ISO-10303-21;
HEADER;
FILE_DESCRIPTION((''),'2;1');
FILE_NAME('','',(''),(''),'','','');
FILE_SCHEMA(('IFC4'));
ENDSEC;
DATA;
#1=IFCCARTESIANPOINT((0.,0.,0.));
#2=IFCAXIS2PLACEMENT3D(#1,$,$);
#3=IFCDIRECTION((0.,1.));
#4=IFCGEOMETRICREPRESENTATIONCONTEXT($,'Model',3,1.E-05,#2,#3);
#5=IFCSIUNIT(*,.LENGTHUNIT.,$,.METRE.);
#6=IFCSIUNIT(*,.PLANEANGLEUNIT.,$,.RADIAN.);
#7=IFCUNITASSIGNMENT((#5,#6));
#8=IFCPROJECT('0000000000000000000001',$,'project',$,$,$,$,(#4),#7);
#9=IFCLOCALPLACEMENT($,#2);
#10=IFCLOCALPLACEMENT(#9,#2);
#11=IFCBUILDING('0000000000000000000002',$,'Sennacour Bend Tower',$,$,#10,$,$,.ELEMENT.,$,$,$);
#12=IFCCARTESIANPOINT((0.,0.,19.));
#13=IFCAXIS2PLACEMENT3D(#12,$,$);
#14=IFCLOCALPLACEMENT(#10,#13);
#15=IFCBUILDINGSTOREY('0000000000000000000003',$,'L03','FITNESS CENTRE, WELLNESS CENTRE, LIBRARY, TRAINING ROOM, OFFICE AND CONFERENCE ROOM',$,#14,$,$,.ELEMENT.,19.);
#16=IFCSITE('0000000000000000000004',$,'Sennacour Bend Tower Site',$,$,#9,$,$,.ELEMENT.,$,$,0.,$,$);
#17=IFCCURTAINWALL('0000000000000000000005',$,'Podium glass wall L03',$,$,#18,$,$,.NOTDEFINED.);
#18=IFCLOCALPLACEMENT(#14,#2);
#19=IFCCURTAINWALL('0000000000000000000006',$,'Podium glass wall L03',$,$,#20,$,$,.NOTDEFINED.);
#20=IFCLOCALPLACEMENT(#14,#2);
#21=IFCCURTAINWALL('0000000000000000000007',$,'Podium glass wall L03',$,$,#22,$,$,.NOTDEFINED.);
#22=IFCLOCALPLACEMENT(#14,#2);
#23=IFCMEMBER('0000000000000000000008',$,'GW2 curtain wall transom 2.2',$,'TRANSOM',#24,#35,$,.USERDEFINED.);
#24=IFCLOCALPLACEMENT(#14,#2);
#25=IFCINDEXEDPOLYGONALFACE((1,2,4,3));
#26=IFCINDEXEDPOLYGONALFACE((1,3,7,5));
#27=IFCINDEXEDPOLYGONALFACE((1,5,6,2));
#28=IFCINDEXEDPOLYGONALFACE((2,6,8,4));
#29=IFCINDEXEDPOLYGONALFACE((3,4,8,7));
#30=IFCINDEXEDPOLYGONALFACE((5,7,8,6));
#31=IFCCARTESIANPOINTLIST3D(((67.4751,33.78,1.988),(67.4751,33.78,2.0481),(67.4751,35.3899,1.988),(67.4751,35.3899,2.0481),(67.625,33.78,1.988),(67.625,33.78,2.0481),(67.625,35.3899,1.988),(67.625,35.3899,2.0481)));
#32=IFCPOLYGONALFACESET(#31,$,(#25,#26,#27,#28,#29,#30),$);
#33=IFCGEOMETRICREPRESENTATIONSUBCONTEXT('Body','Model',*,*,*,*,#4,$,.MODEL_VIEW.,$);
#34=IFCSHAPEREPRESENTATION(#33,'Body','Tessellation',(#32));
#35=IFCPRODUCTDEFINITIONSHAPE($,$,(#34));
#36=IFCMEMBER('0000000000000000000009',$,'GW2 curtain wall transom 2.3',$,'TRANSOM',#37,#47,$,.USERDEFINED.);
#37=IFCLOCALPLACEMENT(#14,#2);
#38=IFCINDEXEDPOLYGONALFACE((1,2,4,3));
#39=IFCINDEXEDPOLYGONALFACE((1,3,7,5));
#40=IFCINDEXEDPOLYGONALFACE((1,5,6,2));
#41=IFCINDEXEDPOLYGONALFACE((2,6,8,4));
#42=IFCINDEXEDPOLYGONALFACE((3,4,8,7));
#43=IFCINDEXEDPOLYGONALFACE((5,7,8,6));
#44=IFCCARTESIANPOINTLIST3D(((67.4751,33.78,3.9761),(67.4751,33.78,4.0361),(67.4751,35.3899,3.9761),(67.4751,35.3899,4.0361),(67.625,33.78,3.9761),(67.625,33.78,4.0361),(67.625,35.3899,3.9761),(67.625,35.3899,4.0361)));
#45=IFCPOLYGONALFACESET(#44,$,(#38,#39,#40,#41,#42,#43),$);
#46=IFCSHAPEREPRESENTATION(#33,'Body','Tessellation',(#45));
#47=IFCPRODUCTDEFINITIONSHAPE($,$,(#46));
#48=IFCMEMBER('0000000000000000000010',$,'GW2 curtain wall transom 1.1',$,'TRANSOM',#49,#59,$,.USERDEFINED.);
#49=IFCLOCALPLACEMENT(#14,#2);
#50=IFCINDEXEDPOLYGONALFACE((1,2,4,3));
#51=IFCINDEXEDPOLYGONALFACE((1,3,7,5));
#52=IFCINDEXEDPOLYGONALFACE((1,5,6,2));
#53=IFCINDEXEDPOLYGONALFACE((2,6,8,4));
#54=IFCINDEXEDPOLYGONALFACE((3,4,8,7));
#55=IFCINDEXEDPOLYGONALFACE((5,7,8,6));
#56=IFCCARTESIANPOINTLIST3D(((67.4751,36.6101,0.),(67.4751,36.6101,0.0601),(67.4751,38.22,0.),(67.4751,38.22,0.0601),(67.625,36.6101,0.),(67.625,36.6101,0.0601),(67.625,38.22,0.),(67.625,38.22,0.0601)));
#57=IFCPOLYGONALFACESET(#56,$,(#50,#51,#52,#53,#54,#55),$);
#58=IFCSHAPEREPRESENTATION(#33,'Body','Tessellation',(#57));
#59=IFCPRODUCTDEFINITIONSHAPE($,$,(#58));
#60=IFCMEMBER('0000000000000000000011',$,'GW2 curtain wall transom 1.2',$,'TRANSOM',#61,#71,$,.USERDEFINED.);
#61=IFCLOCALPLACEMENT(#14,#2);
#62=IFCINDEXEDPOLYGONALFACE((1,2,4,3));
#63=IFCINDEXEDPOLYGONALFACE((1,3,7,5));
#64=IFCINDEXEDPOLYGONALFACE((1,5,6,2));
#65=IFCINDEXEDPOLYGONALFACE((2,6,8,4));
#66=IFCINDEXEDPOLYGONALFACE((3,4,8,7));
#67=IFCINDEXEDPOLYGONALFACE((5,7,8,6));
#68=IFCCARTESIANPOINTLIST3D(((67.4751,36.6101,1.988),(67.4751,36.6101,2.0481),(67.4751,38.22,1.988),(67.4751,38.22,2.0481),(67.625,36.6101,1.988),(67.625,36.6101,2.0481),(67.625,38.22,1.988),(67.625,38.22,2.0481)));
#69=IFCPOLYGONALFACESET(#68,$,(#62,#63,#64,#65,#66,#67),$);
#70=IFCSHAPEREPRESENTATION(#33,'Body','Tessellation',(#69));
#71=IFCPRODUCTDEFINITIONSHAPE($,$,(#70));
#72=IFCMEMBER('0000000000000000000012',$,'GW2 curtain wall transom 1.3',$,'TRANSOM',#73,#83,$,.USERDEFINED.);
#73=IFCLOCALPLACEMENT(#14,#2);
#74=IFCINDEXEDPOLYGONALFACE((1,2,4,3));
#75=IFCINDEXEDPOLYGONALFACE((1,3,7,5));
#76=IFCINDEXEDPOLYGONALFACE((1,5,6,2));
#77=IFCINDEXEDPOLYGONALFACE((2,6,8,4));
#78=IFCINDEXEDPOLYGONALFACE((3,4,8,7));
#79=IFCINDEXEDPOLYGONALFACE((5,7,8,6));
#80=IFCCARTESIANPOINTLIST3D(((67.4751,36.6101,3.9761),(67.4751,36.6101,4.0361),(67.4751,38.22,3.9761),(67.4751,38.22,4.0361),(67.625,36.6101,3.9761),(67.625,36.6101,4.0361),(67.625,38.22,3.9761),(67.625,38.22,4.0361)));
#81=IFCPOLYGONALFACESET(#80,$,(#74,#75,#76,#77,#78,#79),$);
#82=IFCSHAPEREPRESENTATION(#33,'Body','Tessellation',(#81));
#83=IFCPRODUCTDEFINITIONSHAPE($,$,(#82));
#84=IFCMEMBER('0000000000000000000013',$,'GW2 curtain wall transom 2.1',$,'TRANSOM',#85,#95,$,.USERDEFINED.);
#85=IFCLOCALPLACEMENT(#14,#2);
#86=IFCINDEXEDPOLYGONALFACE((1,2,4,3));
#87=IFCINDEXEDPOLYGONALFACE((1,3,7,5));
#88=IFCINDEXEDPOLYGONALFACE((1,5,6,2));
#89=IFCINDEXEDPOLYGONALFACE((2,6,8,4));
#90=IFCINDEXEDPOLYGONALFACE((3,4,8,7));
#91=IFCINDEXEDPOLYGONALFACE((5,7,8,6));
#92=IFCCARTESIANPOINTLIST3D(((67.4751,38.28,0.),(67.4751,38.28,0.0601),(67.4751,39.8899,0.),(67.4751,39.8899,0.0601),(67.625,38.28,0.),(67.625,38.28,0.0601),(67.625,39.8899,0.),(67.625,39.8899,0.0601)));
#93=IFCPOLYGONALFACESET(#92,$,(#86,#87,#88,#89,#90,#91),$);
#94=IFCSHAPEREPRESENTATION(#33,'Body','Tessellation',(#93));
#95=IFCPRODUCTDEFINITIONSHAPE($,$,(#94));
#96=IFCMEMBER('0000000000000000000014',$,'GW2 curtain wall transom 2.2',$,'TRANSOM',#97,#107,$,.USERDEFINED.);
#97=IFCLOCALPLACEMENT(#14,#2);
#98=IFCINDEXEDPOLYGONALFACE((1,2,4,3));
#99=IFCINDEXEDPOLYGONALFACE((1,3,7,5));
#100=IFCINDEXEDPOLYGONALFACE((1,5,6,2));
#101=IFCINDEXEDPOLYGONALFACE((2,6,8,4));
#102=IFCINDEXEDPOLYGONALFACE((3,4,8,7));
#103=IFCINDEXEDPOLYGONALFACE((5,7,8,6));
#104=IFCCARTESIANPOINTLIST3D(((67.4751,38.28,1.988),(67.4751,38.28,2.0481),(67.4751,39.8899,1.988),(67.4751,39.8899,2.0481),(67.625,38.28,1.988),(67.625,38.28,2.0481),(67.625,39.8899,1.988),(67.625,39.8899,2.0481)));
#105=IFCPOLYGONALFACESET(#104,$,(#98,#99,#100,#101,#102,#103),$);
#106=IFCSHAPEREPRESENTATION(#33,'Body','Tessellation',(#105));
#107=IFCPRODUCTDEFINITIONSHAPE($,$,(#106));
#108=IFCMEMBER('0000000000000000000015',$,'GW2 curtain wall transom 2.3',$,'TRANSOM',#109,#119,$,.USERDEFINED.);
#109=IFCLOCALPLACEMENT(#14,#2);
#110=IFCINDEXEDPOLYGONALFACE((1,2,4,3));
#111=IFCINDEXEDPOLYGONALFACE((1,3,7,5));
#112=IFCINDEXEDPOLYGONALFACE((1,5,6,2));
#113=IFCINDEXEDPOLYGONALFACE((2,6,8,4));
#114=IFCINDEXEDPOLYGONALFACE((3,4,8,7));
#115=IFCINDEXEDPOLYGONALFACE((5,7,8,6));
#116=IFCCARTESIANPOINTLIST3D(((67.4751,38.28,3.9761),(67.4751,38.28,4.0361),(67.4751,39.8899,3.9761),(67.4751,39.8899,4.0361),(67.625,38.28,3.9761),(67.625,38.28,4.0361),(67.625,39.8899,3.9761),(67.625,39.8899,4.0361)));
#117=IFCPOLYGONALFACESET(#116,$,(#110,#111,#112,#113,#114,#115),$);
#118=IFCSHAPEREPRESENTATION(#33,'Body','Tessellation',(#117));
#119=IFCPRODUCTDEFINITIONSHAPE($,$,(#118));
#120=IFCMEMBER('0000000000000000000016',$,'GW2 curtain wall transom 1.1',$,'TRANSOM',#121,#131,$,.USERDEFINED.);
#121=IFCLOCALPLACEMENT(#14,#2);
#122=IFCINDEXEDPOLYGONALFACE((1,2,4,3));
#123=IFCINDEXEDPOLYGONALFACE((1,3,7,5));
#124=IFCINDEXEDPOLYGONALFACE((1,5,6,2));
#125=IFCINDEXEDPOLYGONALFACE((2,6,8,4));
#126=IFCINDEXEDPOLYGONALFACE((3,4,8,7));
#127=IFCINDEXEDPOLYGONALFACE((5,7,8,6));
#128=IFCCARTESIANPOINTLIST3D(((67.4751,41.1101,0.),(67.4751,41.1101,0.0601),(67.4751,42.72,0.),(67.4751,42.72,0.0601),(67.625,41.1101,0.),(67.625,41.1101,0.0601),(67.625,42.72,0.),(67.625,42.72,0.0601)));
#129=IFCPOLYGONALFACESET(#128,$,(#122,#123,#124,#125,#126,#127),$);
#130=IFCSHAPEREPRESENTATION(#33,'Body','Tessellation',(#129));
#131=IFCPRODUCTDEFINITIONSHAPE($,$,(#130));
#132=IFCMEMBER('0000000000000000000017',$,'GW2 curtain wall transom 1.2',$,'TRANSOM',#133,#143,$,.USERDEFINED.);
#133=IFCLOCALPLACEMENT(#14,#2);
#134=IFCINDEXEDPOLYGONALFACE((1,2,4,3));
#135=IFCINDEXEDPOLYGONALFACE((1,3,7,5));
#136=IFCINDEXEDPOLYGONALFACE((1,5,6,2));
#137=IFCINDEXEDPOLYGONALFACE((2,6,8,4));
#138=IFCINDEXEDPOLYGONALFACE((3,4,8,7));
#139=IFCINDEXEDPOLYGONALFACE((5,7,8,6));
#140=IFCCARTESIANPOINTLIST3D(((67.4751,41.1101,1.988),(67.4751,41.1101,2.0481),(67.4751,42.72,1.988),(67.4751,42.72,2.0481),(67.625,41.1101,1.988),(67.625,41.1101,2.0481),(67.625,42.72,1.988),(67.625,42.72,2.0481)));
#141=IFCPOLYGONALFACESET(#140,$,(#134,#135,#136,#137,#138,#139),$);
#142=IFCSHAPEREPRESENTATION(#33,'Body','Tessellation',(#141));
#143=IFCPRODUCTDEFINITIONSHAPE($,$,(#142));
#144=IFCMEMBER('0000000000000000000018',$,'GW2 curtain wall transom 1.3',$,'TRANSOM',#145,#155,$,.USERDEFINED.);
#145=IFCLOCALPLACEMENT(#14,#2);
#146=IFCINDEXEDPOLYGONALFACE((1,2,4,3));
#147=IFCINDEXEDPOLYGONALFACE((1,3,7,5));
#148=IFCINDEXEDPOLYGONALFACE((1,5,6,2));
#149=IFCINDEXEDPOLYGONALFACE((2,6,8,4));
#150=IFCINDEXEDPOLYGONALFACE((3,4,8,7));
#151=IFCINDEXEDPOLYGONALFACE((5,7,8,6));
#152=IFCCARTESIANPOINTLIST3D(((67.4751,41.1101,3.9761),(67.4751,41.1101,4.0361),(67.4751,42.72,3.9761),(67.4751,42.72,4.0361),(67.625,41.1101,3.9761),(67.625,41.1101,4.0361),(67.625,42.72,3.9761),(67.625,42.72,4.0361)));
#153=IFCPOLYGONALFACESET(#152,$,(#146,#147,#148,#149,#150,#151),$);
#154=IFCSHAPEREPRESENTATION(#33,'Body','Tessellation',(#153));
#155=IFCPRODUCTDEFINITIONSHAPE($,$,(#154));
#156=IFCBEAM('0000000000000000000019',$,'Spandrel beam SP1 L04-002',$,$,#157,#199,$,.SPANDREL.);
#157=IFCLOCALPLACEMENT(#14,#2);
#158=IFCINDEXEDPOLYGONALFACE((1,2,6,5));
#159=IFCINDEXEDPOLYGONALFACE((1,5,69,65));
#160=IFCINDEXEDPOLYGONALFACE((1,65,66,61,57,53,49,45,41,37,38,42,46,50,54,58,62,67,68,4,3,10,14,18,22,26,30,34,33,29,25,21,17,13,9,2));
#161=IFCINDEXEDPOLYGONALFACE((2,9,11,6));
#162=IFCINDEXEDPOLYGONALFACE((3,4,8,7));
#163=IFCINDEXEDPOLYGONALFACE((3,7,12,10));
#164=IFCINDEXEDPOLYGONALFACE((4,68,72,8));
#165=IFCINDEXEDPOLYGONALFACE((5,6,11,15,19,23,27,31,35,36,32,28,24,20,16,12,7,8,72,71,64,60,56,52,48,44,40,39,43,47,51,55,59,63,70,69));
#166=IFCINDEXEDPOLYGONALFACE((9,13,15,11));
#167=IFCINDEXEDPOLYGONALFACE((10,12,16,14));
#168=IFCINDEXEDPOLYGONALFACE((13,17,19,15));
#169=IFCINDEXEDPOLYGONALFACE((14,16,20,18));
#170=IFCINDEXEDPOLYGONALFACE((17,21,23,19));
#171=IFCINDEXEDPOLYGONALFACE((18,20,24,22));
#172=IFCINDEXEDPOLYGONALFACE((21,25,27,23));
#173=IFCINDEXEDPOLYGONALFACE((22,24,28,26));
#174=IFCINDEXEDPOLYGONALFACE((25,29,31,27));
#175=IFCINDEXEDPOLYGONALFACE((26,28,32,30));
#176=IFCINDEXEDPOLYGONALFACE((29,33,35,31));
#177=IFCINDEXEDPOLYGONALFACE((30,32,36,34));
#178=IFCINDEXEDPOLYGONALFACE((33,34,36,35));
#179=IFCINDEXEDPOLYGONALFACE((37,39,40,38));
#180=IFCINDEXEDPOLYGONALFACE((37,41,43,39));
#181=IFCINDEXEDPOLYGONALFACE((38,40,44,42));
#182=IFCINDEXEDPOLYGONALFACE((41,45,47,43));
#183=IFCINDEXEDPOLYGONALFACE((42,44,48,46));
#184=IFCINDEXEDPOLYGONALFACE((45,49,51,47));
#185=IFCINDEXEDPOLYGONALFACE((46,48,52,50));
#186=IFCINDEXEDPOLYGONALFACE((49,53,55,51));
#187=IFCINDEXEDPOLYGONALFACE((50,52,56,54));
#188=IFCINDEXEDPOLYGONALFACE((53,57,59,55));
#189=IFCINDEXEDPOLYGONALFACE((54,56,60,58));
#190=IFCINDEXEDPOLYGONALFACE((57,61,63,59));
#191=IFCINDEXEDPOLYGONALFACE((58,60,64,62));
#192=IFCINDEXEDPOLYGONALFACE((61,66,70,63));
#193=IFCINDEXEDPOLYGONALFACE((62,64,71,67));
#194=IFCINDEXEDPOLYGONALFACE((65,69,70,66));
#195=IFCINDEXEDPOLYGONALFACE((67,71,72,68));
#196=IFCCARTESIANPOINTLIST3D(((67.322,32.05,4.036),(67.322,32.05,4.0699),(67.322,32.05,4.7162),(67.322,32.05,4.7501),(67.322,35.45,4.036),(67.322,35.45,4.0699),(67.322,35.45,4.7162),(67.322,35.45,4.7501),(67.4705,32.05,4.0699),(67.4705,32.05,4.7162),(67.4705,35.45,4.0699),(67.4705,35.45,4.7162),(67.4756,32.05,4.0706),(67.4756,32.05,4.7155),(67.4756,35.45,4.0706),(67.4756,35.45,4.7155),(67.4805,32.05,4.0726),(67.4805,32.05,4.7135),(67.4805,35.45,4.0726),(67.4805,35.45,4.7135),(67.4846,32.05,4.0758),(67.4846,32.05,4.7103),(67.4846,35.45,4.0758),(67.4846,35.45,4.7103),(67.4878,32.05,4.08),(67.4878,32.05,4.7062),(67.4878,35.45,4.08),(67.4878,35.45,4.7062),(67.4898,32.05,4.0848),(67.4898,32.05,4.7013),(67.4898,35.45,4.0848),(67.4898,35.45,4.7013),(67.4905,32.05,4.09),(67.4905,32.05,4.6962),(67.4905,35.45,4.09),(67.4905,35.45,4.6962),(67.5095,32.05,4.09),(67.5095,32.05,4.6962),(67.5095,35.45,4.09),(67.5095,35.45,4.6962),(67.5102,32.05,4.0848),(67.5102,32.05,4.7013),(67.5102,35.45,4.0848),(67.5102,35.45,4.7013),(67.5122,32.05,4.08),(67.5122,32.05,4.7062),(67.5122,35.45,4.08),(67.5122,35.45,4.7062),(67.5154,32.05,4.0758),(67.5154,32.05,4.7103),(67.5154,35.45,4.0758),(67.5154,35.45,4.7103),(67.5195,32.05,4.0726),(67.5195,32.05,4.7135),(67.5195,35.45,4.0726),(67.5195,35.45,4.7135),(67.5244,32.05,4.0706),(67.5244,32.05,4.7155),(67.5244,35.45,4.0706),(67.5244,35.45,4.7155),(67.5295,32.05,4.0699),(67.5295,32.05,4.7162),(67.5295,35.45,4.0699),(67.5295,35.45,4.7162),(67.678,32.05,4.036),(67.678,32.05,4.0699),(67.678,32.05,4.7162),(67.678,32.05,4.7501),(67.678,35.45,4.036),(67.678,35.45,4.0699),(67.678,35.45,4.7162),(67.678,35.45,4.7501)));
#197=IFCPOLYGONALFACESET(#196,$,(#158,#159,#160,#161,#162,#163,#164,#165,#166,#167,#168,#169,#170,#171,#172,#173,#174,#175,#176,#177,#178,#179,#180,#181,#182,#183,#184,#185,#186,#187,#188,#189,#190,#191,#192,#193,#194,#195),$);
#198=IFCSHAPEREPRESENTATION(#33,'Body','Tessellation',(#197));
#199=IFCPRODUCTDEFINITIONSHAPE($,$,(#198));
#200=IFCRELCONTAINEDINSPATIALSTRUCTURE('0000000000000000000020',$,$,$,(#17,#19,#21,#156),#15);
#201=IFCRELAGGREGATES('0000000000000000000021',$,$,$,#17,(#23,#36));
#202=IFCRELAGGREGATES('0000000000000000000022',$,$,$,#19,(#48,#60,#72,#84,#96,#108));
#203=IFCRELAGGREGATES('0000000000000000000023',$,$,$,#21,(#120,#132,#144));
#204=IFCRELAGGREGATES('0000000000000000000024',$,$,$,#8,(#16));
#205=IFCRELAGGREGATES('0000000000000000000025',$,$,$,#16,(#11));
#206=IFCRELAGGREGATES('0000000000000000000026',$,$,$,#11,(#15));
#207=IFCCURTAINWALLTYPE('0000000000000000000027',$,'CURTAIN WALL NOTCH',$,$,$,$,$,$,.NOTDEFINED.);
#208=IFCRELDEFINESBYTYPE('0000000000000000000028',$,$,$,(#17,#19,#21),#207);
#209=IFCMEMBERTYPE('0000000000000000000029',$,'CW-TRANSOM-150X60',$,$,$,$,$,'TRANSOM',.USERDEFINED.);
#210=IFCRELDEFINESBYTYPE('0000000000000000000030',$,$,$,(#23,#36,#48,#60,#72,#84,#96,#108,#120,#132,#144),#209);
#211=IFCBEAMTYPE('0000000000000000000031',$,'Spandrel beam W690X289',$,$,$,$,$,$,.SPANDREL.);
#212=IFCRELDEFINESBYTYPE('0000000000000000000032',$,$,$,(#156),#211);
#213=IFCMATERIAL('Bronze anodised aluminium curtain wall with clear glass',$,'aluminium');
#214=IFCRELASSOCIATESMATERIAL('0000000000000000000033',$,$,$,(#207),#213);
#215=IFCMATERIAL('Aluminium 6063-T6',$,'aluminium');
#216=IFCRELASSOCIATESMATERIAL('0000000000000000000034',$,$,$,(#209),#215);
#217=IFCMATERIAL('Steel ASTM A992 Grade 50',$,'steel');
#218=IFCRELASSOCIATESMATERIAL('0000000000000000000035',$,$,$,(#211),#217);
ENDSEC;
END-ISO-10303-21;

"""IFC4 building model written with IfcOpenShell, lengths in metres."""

from ifc_helpers import new_model, si_unit, direction, frame, origin, origin_2d, place, context, subcontext, project, spatial, rectangle, i_section, extrude, material, material_profile, profile_set, type_object, element, aggregate, save


model = new_model("IFC4")

# Units and contexts
model_context = context("Model", 3, precision=1e-05, world=origin(), true_north=direction((0.0, 1.0)))
body_context = subcontext(model_context, "Body", "Model", "MODEL_VIEW")
ifc_project = project(units=[si_unit("LENGTHUNIT", "METRE"), si_unit("PLANEANGLEUNIT", "RADIAN")], contexts=[model_context])

# Site, building, storey
site_placement = place(None, origin())
site = spatial("IfcSite", under=ifc_project, at=site_placement, Name="Sennacour Bend Tower Site", CompositionType="ELEMENT", RefElevation=0.0)
building_placement = place(site_placement, origin())
building = spatial("IfcBuilding", under=site, at=building_placement, Name="Sennacour Bend Tower", CompositionType="ELEMENT")
storey_placement = place(building_placement, frame((0.0, 0.0, 19.0)))
storey = spatial("IfcBuildingStorey", under=building, at=storey_placement, Name="L03", Description="FITNESS CENTRE, WELLNESS CENTRE, LIBRARY, TRAINING ROOM, OFFICE AND CONFERENCE ROOM", CompositionType="ELEMENT", Elevation=19.0)

# Curtain walls
ifc_material_1 = material(Name="Bronze anodised aluminium curtain wall with clear glass", Category="aluminium")
curtain_wall_type = type_object("IfcCurtainWallType", Name="CURTAIN WALL NOTCH", PredefinedType="NOTDEFINED", material=ifc_material_1)
curtain_wall_1_placement = place(storey_placement, origin())
curtain_wall_1 = element("IfcCurtainWall", 1, at=curtain_wall_1_placement, inside=storey, type_object=curtain_wall_type, Name="Podium glass wall L03", PredefinedType="NOTDEFINED")
ifc_material_2 = material(Name="Aluminium 6063-T6", Category="aluminium")
curtain_wall_2_placement = place(storey_placement, origin())
curtain_wall_2 = element("IfcCurtainWall", 2, at=curtain_wall_2_placement, inside=storey, type_object=curtain_wall_type, Name="Podium glass wall L03", PredefinedType="NOTDEFINED")

# Curtain wall
curtain_wall_3_placement = place(storey_placement, origin())
curtain_wall_3 = element("IfcCurtainWall", 3, at=curtain_wall_3_placement, inside=storey, type_object=curtain_wall_type, Name="Podium glass wall L03", PredefinedType="NOTDEFINED")

# Members
ifc_material_profile_1 = material_profile(ifc_material_2, rectangle(XDim=0.1499, YDim=0.0601, at=origin_2d()), Name="Aluminium 6063-T6", Category="aluminium")
ifc_profile_set_1 = profile_set([ifc_material_profile_1], Name="Aluminium 6063-T6")
member_type_1 = type_object("IfcMemberType", Name="CW-TRANSOM-150X60", ElementType="TRANSOM", PredefinedType="USERDEFINED", material=ifc_profile_set_1)
member_1_placement = place(storey_placement, frame((67.55, 33.78, 2.0181), z_axis=(0.0, 1.0, 0.0), x_axis=(-1.0, 0.0, 0.0)))
member_1 = element("IfcMember", 4, at=member_1_placement, type_object=member_type_1, Name="GW2 curtain wall transom 2.2", ObjectType="TRANSOM", PredefinedType="USERDEFINED", context=body_context, shape_type="SweptSolid", body=[
    extrude(rectangle(XDim=0.1499, YDim=0.0601, at=origin_2d()), origin(), (0.0, 0.0, 1.0), 1.6099),
])
member_2_placement = place(storey_placement, frame((67.55, 33.78, 4.0061), z_axis=(0.0, 1.0, 0.0), x_axis=(-1.0, 0.0, 0.0)))
member_2 = element("IfcMember", 5, at=member_2_placement, type_object=member_type_1, Name="GW2 curtain wall transom 2.3", ObjectType="TRANSOM", PredefinedType="USERDEFINED", context=body_context, shape_type="SweptSolid", body=[
    extrude(rectangle(XDim=0.1499, YDim=0.0601, at=origin_2d()), origin(), (0.0, 0.0, 1.0), 1.6099),
])
member_3_placement = place(storey_placement, frame((67.55, 36.6101, 0.03), z_axis=(0.0, 1.0, 0.0), x_axis=(-1.0, 0.0, 0.0)))
member_3 = element("IfcMember", 6, at=member_3_placement, type_object=member_type_1, Name="GW2 curtain wall transom 1.1", ObjectType="TRANSOM", PredefinedType="USERDEFINED", context=body_context, shape_type="SweptSolid", body=[
    extrude(rectangle(XDim=0.1499, YDim=0.0601, at=origin_2d()), origin(), (0.0, 0.0, 1.0), 1.6099),
])
member_4_placement = place(storey_placement, frame((67.55, 36.6101, 2.0181), z_axis=(0.0, 1.0, 0.0), x_axis=(-1.0, 0.0, 0.0)))
member_4 = element("IfcMember", 7, at=member_4_placement, type_object=member_type_1, Name="GW2 curtain wall transom 1.2", ObjectType="TRANSOM", PredefinedType="USERDEFINED", context=body_context, shape_type="SweptSolid", body=[
    extrude(rectangle(XDim=0.1499, YDim=0.0601, at=origin_2d()), origin(), (0.0, 0.0, 1.0), 1.6099),
])
member_5_placement = place(storey_placement, frame((67.55, 36.6101, 4.0061), z_axis=(0.0, 1.0, 0.0), x_axis=(-1.0, 0.0, 0.0)))
member_5 = element("IfcMember", 8, at=member_5_placement, type_object=member_type_1, Name="GW2 curtain wall transom 1.3", ObjectType="TRANSOM", PredefinedType="USERDEFINED", context=body_context, shape_type="SweptSolid", body=[
    extrude(rectangle(XDim=0.1499, YDim=0.0601, at=origin_2d()), origin(), (0.0, 0.0, 1.0), 1.6099),
])
member_6_placement = place(storey_placement, frame((67.55, 38.28, 0.03), z_axis=(0.0, 1.0, 0.0), x_axis=(-1.0, 0.0, 0.0)))
member_6 = element("IfcMember", 9, at=member_6_placement, type_object=member_type_1, Name="GW2 curtain wall transom 2.1", ObjectType="TRANSOM", PredefinedType="USERDEFINED", context=body_context, shape_type="SweptSolid", body=[
    extrude(rectangle(XDim=0.1499, YDim=0.0601, at=origin_2d()), origin(), (0.0, 0.0, 1.0), 1.6099),
])
member_7_placement = place(storey_placement, frame((67.55, 38.28, 2.0181), z_axis=(0.0, 1.0, 0.0), x_axis=(-1.0, 0.0, 0.0)))
member_7 = element("IfcMember", 10, at=member_7_placement, type_object=member_type_1, Name="GW2 curtain wall transom 2.2", ObjectType="TRANSOM", PredefinedType="USERDEFINED", context=body_context, shape_type="SweptSolid", body=[
    extrude(rectangle(XDim=0.1499, YDim=0.0601, at=origin_2d()), origin(), (0.0, 0.0, 1.0), 1.6099),
])
member_8_placement = place(storey_placement, frame((67.55, 38.28, 4.0061), z_axis=(0.0, 1.0, 0.0), x_axis=(-1.0, 0.0, 0.0)))
member_8 = element("IfcMember", 11, at=member_8_placement, type_object=member_type_1, Name="GW2 curtain wall transom 2.3", ObjectType="TRANSOM", PredefinedType="USERDEFINED", context=body_context, shape_type="SweptSolid", body=[
    extrude(rectangle(XDim=0.1499, YDim=0.0601, at=origin_2d()), origin(), (0.0, 0.0, 1.0), 1.6099),
])
member_9_placement = place(storey_placement, frame((67.55, 41.1101, 0.03), z_axis=(0.0, 1.0, 0.0), x_axis=(-1.0, 0.0, 0.0)))
member_9 = element("IfcMember", 12, at=member_9_placement, type_object=member_type_1, Name="GW2 curtain wall transom 1.1", ObjectType="TRANSOM", PredefinedType="USERDEFINED", context=body_context, shape_type="SweptSolid", body=[
    extrude(rectangle(XDim=0.1499, YDim=0.0601, at=origin_2d()), origin(), (0.0, 0.0, 1.0), 1.6099),
])
member_10_placement = place(storey_placement, frame((67.55, 41.1101, 2.0181), z_axis=(0.0, 1.0, 0.0), x_axis=(-1.0, 0.0, 0.0)))
member_10 = element("IfcMember", 13, at=member_10_placement, type_object=member_type_1, Name="GW2 curtain wall transom 1.2", ObjectType="TRANSOM", PredefinedType="USERDEFINED", context=body_context, shape_type="SweptSolid", body=[
    extrude(rectangle(XDim=0.1499, YDim=0.0601, at=origin_2d()), origin(), (0.0, 0.0, 1.0), 1.6099),
])
member_11_placement = place(storey_placement, frame((67.55, 41.1101, 4.0061), z_axis=(0.0, 1.0, 0.0), x_axis=(-1.0, 0.0, 0.0)))
member_11 = element("IfcMember", 14, at=member_11_placement, type_object=member_type_1, Name="GW2 curtain wall transom 1.3", ObjectType="TRANSOM", PredefinedType="USERDEFINED", context=body_context, shape_type="SweptSolid", body=[
    extrude(rectangle(XDim=0.1499, YDim=0.0601, at=origin_2d()), origin(), (0.0, 0.0, 1.0), 1.6099),
])

# Beam
ifc_material_3 = material(Name="Steel ASTM A992 Grade 50", Category="steel")
ifc_material_profile_2 = material_profile(ifc_material_3, i_section(OverallWidth=0.356, OverallDepth=0.7141, WebThickness=0.019, FlangeThickness=0.0339, FilletRadius=0.02, at=origin_2d()), Name="Steel ASTM A992 Grade 50", Category="steel")
ifc_profile_set_2 = profile_set([ifc_material_profile_2], Name="Steel ASTM A992 Grade 50")
beam_type = type_object("IfcBeamType", Name="Spandrel beam W690X289", PredefinedType="SPANDREL", material=ifc_profile_set_2)
for number, where, z_axis, x_axis, name in (
    (15, (67.5, 32.05, 4.3931), (0.0, 1.0, 0.0), (-1.0, 0.0, 0.0), "Spandrel beam SP1 L04-002"),
):
    element("IfcBeam", number, at=place(storey_placement, frame(where, z_axis=z_axis, x_axis=x_axis)), inside=storey, type_object=beam_type, Name=name, PredefinedType="SPANDREL", context=body_context, shape_type="SweptSolid", body=[
        extrude(i_section(OverallWidth=0.356, OverallDepth=0.7141, WebThickness=0.019, FlangeThickness=0.0339, FilletRadius=0.02, at=origin_2d()), origin(), (0.0, 0.0, 1.0), 3.3999),
    ])

aggregate(curtain_wall_1, [member_1, member_2])
aggregate(curtain_wall_2, [member_3, member_4, member_5, member_6, member_7, member_8])
aggregate(curtain_wall_3, [member_9, member_10, member_11])

save(model, "model.ifc")
